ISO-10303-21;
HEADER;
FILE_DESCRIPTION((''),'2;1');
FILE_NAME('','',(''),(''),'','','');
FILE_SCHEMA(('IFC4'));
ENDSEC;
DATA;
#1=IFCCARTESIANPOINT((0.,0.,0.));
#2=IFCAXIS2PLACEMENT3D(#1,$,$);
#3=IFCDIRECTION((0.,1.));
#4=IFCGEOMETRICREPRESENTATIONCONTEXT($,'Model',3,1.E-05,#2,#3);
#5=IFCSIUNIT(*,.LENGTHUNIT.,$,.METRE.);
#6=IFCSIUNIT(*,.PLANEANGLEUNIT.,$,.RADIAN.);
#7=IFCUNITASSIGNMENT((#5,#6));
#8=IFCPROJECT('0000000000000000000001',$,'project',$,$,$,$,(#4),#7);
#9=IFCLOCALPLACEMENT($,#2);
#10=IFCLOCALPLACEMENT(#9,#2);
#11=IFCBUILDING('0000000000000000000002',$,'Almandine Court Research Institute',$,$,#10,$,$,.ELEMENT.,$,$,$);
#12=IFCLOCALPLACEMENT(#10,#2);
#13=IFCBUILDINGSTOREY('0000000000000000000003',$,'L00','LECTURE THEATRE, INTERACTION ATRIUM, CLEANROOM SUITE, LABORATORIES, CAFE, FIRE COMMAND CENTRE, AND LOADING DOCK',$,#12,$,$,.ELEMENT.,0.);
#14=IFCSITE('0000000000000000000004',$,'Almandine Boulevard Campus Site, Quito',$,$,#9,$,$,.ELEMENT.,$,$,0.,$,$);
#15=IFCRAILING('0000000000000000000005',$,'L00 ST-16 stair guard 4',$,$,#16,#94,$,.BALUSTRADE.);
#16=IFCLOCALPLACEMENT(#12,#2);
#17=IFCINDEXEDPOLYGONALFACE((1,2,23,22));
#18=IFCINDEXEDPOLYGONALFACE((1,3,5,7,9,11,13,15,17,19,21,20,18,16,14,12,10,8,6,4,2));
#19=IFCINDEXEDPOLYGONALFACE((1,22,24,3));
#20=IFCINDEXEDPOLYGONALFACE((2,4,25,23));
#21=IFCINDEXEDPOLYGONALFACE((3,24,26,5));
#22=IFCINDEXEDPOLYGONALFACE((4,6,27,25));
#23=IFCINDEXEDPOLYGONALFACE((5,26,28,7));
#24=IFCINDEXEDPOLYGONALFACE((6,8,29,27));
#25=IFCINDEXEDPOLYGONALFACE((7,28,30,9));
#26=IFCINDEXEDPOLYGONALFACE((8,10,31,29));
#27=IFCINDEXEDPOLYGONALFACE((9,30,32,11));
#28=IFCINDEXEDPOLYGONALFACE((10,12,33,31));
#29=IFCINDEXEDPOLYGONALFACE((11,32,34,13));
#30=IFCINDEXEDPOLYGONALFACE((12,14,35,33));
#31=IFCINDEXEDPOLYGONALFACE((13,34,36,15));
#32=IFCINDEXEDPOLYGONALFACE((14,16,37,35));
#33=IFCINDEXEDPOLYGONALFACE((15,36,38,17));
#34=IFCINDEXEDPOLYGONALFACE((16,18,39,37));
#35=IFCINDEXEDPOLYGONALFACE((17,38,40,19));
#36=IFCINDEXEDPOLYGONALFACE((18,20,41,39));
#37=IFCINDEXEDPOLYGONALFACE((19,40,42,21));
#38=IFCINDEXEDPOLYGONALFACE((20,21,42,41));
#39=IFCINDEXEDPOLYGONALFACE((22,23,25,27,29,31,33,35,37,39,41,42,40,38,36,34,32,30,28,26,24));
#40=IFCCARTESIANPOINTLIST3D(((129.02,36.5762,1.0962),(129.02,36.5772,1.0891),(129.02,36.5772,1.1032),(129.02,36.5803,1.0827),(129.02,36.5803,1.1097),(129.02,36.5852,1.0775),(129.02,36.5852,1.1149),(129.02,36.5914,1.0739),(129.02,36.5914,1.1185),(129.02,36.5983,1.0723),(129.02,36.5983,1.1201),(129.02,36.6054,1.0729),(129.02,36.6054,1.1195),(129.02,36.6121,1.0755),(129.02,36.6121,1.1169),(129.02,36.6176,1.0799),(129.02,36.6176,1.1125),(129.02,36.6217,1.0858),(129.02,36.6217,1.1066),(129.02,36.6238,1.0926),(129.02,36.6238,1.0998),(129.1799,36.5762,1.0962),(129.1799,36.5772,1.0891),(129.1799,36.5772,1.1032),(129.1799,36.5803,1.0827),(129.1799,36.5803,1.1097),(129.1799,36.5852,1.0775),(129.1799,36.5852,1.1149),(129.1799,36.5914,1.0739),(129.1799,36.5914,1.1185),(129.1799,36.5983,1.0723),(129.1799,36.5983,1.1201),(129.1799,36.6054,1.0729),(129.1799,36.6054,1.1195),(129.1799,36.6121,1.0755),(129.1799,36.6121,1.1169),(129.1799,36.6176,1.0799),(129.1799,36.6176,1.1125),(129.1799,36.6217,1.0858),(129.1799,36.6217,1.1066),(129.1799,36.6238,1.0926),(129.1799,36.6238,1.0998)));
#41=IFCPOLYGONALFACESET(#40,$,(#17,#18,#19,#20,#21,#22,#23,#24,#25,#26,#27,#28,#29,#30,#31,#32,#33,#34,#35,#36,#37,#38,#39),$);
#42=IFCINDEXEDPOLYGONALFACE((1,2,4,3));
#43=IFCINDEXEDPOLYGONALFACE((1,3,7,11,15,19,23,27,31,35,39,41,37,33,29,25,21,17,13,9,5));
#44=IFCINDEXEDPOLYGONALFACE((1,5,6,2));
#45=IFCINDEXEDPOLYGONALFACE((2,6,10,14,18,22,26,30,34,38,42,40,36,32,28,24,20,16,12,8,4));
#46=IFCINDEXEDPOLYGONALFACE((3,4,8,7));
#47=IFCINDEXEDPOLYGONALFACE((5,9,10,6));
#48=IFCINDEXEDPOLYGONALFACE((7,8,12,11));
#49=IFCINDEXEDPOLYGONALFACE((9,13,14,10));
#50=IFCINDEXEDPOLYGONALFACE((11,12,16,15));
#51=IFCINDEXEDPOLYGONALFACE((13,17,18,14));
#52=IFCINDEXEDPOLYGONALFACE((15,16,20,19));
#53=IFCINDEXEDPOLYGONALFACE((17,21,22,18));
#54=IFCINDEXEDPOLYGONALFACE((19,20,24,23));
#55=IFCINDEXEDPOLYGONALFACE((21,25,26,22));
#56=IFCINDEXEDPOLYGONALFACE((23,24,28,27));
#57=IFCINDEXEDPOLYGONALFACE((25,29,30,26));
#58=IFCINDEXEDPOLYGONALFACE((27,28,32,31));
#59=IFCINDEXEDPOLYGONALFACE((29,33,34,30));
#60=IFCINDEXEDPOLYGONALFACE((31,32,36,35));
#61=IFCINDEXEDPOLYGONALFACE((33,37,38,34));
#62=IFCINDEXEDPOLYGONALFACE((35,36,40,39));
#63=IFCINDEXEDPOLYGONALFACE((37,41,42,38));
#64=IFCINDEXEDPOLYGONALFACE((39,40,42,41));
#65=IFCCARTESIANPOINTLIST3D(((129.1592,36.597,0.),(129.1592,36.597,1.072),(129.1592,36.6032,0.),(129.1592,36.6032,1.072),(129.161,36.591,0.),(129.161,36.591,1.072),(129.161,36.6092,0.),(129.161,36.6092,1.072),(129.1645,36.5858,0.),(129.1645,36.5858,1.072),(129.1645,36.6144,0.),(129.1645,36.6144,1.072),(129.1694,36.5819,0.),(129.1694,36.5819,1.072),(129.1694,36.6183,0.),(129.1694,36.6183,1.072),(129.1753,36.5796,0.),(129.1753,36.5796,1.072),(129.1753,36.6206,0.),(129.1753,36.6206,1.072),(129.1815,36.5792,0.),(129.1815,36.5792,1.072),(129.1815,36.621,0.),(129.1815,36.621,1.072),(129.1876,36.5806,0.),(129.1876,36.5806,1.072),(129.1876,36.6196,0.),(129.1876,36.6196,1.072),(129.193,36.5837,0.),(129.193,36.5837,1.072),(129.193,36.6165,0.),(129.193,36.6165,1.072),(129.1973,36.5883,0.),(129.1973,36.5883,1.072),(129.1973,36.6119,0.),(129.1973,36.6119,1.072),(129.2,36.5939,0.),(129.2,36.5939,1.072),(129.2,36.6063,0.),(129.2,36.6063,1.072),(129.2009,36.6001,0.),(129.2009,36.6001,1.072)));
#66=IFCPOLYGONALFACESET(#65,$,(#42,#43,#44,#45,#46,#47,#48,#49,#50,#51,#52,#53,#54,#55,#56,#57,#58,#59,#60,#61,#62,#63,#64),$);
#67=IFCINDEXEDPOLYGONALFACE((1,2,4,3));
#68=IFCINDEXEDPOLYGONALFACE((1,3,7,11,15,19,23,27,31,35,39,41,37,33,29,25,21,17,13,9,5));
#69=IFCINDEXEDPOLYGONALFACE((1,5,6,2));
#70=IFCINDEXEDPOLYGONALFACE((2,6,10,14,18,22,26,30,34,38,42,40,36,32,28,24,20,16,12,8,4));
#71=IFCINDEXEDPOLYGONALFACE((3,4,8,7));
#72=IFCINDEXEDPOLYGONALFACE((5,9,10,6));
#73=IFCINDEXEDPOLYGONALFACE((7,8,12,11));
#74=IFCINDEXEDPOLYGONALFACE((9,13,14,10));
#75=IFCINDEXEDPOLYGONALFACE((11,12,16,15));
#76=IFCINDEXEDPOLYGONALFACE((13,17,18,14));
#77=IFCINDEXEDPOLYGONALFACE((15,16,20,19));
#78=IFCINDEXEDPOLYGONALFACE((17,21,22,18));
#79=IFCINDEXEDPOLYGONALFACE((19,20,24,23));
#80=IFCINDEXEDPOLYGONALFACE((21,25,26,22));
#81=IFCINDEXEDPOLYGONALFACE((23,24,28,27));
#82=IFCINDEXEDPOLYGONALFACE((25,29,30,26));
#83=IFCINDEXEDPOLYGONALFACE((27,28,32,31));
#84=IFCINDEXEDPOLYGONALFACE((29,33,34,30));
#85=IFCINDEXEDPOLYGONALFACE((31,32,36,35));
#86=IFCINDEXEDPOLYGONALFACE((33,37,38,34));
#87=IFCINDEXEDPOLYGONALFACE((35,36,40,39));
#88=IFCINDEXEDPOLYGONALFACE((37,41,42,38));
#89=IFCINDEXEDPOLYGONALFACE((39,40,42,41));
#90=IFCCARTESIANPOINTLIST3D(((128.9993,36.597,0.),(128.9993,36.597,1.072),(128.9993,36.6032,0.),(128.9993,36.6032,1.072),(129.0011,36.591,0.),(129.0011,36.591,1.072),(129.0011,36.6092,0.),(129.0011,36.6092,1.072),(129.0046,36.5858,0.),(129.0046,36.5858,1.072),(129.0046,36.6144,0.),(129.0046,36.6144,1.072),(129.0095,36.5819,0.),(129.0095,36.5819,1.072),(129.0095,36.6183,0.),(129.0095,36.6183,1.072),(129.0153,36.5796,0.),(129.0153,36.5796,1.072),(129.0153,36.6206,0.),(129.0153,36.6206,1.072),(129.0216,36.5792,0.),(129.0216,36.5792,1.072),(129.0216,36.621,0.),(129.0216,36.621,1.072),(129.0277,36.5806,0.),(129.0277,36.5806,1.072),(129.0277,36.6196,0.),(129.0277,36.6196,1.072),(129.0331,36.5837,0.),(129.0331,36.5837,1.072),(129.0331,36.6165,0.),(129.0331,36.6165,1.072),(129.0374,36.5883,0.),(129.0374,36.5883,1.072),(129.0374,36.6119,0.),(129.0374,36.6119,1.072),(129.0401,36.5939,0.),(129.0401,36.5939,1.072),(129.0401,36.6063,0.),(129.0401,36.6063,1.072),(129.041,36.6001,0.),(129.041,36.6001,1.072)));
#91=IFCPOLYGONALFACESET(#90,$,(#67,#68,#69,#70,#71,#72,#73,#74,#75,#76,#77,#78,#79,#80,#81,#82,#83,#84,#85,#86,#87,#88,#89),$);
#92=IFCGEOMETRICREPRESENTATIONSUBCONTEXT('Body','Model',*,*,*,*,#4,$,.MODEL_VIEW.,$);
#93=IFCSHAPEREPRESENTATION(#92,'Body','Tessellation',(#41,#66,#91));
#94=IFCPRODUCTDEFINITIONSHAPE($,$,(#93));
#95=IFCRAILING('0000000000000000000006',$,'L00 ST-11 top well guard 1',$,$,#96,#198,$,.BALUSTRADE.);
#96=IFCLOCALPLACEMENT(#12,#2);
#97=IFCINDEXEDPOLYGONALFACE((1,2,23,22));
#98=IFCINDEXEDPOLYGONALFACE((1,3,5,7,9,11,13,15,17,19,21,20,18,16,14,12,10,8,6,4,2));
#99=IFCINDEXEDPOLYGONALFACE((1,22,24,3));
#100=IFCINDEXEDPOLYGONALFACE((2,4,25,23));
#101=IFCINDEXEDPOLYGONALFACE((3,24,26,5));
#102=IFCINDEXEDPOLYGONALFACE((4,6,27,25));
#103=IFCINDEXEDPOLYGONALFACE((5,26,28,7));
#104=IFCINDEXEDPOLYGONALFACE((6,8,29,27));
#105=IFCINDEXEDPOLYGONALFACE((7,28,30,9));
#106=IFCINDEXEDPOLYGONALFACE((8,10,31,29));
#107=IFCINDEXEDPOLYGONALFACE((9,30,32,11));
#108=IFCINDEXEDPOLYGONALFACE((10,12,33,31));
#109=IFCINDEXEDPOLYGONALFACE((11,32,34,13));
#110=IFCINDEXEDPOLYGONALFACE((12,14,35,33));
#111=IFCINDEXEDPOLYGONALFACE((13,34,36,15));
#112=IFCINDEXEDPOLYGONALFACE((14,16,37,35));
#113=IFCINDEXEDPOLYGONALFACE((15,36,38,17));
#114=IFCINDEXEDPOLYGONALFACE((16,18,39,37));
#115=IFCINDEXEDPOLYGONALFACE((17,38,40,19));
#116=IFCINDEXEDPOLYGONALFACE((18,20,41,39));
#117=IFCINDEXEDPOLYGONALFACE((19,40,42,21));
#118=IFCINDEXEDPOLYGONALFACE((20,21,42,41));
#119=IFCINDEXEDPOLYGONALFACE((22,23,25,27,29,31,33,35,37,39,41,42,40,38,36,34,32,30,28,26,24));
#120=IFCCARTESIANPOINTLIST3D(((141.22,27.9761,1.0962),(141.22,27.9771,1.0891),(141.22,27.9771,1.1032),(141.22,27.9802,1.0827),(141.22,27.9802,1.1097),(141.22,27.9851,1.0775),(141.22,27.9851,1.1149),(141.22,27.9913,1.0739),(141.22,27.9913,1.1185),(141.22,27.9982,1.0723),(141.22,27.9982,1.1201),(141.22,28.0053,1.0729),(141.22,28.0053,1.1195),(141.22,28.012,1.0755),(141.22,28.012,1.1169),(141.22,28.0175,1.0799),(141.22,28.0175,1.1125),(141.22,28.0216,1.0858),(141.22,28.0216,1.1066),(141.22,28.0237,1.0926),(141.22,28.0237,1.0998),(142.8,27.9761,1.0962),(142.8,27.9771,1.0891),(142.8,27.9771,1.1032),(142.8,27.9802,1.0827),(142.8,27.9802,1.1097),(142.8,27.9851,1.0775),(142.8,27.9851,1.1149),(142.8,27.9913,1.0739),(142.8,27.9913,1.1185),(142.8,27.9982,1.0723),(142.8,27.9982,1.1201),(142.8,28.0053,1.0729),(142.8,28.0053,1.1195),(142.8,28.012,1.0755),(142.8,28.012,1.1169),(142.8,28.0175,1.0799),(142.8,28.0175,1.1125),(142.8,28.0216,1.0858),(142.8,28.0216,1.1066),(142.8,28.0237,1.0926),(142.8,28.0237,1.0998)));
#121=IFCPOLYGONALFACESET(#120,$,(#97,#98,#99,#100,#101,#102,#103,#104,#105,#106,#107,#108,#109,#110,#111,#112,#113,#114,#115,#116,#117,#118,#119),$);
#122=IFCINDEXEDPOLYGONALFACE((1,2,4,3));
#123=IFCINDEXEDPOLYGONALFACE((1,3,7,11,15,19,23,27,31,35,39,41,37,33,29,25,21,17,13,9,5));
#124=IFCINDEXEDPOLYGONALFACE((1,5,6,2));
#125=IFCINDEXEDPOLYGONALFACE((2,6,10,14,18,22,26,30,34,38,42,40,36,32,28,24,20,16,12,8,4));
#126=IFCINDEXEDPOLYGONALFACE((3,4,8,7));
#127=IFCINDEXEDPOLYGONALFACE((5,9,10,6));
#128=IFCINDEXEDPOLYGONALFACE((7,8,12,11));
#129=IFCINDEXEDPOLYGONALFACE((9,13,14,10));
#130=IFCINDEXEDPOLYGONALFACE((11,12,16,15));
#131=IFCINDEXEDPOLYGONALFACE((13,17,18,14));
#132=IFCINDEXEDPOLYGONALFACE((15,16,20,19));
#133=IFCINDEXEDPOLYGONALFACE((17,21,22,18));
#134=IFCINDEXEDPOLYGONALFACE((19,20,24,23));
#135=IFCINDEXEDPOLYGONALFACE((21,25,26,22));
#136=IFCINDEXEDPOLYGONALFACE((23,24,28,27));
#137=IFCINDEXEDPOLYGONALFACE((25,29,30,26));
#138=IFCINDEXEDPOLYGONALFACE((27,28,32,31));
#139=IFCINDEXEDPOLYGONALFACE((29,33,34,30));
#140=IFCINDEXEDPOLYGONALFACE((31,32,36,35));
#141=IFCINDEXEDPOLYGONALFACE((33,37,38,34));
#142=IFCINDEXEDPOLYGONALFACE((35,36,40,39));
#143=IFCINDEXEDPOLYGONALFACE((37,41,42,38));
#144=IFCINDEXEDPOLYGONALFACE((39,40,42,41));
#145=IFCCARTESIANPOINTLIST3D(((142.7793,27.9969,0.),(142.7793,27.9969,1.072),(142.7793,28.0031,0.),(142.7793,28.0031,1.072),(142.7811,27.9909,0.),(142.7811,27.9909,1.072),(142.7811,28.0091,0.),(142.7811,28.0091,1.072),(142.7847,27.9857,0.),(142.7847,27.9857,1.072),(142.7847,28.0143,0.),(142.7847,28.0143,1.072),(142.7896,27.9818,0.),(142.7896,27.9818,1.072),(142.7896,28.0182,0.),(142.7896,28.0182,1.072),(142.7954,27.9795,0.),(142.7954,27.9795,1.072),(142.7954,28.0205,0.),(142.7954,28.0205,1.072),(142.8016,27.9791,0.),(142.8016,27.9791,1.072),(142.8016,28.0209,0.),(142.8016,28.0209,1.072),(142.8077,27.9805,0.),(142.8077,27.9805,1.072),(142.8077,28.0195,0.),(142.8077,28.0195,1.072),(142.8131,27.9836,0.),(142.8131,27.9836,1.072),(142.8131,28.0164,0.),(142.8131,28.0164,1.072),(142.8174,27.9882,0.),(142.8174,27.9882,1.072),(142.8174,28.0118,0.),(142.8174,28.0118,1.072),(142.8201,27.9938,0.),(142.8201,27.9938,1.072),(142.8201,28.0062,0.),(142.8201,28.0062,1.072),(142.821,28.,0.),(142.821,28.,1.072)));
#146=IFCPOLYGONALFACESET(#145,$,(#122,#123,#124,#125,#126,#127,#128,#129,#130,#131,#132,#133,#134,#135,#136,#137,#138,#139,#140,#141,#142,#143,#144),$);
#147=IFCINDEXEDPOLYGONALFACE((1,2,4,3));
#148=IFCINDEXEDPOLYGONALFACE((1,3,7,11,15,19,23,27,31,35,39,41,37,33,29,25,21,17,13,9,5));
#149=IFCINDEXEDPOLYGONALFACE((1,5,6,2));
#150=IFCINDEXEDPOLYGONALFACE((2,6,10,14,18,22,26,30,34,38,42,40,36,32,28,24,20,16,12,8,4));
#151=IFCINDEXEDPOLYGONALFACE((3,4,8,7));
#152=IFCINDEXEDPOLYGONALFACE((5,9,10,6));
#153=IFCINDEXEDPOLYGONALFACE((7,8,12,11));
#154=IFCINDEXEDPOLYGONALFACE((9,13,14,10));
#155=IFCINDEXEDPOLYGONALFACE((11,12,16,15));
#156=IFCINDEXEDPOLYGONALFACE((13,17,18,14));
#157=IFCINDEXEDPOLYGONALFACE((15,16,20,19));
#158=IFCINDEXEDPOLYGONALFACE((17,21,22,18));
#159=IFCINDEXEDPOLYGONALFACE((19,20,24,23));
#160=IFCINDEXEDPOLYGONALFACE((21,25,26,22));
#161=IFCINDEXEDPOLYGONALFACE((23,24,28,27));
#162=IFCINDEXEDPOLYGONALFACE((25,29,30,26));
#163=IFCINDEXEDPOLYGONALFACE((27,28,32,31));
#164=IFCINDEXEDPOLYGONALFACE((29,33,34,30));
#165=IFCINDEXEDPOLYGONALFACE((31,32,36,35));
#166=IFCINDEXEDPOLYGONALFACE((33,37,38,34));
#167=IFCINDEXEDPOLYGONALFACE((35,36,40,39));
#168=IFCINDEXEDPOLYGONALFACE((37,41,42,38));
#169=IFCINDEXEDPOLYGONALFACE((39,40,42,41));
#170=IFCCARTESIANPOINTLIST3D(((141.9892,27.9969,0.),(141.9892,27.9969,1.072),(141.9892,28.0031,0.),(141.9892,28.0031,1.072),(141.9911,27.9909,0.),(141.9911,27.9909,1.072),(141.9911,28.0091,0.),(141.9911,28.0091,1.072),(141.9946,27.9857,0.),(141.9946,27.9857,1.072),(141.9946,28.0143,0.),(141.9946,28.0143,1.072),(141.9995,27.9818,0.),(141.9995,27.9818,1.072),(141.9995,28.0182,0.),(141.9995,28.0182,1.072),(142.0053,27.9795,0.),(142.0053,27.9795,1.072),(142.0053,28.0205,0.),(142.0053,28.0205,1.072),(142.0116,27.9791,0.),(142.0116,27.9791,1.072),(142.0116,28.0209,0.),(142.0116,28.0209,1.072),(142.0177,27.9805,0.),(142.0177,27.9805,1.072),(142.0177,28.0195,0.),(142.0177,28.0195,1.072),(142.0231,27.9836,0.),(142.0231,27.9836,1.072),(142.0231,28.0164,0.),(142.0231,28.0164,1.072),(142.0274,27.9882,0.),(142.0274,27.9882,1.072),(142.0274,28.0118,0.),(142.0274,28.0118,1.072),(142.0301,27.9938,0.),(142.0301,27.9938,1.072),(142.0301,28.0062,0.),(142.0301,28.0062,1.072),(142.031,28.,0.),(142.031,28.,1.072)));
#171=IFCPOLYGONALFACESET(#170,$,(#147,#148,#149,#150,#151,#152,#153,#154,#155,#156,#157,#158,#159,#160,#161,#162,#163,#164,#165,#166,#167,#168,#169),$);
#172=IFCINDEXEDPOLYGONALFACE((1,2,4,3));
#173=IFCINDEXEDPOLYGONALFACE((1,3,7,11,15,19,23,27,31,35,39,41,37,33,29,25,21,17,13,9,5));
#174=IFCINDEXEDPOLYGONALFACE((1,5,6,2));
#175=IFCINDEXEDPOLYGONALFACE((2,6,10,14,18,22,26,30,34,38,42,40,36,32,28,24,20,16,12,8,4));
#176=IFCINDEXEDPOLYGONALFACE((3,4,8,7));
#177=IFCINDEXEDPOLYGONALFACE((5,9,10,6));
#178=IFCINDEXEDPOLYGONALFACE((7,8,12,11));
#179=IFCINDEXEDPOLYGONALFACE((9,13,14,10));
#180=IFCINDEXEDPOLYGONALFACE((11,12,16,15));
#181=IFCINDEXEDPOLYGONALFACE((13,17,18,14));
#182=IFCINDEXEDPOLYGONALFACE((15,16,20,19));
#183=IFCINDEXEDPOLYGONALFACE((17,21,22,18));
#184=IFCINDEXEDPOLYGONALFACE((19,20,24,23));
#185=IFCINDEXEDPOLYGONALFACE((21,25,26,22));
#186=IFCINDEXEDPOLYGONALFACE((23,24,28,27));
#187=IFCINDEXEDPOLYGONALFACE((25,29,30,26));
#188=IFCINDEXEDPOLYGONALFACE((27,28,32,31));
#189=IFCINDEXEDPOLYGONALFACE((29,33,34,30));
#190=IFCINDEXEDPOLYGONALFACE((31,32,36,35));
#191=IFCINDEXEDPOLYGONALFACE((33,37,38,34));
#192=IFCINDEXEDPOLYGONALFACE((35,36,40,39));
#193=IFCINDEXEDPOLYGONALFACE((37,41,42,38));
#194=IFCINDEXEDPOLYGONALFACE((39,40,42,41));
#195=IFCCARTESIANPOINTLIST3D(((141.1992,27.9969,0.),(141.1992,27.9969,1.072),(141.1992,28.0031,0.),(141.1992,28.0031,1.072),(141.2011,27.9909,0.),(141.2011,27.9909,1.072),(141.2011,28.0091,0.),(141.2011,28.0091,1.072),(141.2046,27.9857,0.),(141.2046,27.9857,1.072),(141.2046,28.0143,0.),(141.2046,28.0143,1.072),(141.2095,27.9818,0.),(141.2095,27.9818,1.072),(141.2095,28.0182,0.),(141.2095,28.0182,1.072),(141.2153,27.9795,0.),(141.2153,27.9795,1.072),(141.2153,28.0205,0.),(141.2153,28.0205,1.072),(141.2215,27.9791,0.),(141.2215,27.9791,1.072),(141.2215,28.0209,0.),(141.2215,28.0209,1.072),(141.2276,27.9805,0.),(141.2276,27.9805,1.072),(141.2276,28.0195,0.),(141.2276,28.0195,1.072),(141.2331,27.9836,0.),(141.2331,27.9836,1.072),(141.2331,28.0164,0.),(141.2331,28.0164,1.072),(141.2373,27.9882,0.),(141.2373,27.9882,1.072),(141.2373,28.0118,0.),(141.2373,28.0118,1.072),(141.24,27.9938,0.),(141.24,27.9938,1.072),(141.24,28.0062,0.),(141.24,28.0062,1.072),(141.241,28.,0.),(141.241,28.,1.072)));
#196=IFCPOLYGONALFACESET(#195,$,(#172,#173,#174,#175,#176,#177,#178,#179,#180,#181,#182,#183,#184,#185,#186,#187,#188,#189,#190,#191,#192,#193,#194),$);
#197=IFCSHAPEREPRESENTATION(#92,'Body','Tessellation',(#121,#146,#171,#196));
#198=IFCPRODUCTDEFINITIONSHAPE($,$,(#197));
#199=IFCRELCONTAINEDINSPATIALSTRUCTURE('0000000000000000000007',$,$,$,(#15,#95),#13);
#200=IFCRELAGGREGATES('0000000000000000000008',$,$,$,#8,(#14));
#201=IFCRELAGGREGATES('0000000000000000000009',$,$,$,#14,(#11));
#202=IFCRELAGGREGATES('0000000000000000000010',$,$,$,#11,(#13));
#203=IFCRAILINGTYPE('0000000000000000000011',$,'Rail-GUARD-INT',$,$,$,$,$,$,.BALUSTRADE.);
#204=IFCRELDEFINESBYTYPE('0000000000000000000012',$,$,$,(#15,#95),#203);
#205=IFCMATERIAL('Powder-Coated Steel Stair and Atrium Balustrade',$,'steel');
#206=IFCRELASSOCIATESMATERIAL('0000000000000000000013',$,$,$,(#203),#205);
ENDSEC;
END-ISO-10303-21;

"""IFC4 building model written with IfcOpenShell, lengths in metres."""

from ifc_helpers import new_model, si_unit, direction, frame, origin, origin_2d, place, context, subcontext, project, spatial, circle, extrude, material, type_object, element, save


model = new_model("IFC4")

# Units and contexts
model_context = context("Model", 3, precision=1e-05, world=origin(), true_north=direction((0.0, 1.0)))
body_context = subcontext(model_context, "Body", "Model", "MODEL_VIEW")
ifc_project = project(units=[si_unit("LENGTHUNIT", "METRE"), si_unit("PLANEANGLEUNIT", "RADIAN")], contexts=[model_context])

# Site, building, storey
site_placement = place(None, origin())
site = spatial("IfcSite", under=ifc_project, at=site_placement, Name="Almandine Boulevard Campus Site, Quito", CompositionType="ELEMENT", RefElevation=0.0)
building_placement = place(site_placement, origin())
building = spatial("IfcBuilding", under=site, at=building_placement, Name="Almandine Court Research Institute", CompositionType="ELEMENT")
storey_placement = place(building_placement, origin())
storey = spatial("IfcBuildingStorey", under=building, at=storey_placement, Name="L00", Description="LECTURE THEATRE, INTERACTION ATRIUM, CLEANROOM SUITE, LABORATORIES, CAFE, FIRE COMMAND CENTRE, AND LOADING DOCK", CompositionType="ELEMENT", Elevation=0.0)

# Railings
ifc_material_1 = material(Name="Powder-Coated Steel Stair and Atrium Balustrade", Category="steel")
railing_type_1 = type_object("IfcRailingType", Name="Rail-GUARD-INT", PredefinedType="BALUSTRADE", material=ifc_material_1)
railing_1_placement = place(storey_placement, frame((129.1799, 36.6001, 0.0)))
element("IfcRailing", 1, at=railing_1_placement, inside=storey, type_object=railing_type_1, Name="L00 ST-16 stair guard 4", PredefinedType="BALUSTRADE", context=body_context, shape_type="SweptSolid", body=[
    extrude(circle(Radius=0.0239, at=origin_2d()), frame((0.0, 0.0, 1.0962), z_axis=(-1.0, 0.0, 0.0), x_axis=(0.0, -1.0, 0.0)), (0.0, 0.0, 1.0), 0.1599),
    extrude(circle(Radius=0.021, at=origin_2d()), origin(), (0.0, 0.0, 1.0), 1.072),
    extrude(circle(Radius=0.021, at=origin_2d()), frame((-0.1599, 0.0, 0.0)), (0.0, 0.0, 1.0), 1.072),
])
railing_2_placement = place(storey_placement, frame((142.8, 28.0, 0.0)))
element("IfcRailing", 2, at=railing_2_placement, inside=storey, type_object=railing_type_1, Name="L00 ST-11 top well guard 1", PredefinedType="BALUSTRADE", context=body_context, shape_type="SweptSolid", body=[
    extrude(circle(Radius=0.0239, at=origin_2d()), frame((0.0, 0.0, 1.0962), z_axis=(-1.0, 0.0, 0.0), x_axis=(0.0, -1.0, 0.0)), (0.0, 0.0, 1.0), 1.5801),
    extrude(circle(Radius=0.021, at=origin_2d()), origin(), (0.0, 0.0, 1.0), 1.072),
    extrude(circle(Radius=0.021, at=origin_2d()), frame((-0.79, 0.0, 0.0)), (0.0, 0.0, 1.0), 1.072),
    extrude(circle(Radius=0.021, at=origin_2d()), frame((-1.5801, 0.0, 0.0)), (0.0, 0.0, 1.0), 1.072),
])

save(model, "model.ifc")
